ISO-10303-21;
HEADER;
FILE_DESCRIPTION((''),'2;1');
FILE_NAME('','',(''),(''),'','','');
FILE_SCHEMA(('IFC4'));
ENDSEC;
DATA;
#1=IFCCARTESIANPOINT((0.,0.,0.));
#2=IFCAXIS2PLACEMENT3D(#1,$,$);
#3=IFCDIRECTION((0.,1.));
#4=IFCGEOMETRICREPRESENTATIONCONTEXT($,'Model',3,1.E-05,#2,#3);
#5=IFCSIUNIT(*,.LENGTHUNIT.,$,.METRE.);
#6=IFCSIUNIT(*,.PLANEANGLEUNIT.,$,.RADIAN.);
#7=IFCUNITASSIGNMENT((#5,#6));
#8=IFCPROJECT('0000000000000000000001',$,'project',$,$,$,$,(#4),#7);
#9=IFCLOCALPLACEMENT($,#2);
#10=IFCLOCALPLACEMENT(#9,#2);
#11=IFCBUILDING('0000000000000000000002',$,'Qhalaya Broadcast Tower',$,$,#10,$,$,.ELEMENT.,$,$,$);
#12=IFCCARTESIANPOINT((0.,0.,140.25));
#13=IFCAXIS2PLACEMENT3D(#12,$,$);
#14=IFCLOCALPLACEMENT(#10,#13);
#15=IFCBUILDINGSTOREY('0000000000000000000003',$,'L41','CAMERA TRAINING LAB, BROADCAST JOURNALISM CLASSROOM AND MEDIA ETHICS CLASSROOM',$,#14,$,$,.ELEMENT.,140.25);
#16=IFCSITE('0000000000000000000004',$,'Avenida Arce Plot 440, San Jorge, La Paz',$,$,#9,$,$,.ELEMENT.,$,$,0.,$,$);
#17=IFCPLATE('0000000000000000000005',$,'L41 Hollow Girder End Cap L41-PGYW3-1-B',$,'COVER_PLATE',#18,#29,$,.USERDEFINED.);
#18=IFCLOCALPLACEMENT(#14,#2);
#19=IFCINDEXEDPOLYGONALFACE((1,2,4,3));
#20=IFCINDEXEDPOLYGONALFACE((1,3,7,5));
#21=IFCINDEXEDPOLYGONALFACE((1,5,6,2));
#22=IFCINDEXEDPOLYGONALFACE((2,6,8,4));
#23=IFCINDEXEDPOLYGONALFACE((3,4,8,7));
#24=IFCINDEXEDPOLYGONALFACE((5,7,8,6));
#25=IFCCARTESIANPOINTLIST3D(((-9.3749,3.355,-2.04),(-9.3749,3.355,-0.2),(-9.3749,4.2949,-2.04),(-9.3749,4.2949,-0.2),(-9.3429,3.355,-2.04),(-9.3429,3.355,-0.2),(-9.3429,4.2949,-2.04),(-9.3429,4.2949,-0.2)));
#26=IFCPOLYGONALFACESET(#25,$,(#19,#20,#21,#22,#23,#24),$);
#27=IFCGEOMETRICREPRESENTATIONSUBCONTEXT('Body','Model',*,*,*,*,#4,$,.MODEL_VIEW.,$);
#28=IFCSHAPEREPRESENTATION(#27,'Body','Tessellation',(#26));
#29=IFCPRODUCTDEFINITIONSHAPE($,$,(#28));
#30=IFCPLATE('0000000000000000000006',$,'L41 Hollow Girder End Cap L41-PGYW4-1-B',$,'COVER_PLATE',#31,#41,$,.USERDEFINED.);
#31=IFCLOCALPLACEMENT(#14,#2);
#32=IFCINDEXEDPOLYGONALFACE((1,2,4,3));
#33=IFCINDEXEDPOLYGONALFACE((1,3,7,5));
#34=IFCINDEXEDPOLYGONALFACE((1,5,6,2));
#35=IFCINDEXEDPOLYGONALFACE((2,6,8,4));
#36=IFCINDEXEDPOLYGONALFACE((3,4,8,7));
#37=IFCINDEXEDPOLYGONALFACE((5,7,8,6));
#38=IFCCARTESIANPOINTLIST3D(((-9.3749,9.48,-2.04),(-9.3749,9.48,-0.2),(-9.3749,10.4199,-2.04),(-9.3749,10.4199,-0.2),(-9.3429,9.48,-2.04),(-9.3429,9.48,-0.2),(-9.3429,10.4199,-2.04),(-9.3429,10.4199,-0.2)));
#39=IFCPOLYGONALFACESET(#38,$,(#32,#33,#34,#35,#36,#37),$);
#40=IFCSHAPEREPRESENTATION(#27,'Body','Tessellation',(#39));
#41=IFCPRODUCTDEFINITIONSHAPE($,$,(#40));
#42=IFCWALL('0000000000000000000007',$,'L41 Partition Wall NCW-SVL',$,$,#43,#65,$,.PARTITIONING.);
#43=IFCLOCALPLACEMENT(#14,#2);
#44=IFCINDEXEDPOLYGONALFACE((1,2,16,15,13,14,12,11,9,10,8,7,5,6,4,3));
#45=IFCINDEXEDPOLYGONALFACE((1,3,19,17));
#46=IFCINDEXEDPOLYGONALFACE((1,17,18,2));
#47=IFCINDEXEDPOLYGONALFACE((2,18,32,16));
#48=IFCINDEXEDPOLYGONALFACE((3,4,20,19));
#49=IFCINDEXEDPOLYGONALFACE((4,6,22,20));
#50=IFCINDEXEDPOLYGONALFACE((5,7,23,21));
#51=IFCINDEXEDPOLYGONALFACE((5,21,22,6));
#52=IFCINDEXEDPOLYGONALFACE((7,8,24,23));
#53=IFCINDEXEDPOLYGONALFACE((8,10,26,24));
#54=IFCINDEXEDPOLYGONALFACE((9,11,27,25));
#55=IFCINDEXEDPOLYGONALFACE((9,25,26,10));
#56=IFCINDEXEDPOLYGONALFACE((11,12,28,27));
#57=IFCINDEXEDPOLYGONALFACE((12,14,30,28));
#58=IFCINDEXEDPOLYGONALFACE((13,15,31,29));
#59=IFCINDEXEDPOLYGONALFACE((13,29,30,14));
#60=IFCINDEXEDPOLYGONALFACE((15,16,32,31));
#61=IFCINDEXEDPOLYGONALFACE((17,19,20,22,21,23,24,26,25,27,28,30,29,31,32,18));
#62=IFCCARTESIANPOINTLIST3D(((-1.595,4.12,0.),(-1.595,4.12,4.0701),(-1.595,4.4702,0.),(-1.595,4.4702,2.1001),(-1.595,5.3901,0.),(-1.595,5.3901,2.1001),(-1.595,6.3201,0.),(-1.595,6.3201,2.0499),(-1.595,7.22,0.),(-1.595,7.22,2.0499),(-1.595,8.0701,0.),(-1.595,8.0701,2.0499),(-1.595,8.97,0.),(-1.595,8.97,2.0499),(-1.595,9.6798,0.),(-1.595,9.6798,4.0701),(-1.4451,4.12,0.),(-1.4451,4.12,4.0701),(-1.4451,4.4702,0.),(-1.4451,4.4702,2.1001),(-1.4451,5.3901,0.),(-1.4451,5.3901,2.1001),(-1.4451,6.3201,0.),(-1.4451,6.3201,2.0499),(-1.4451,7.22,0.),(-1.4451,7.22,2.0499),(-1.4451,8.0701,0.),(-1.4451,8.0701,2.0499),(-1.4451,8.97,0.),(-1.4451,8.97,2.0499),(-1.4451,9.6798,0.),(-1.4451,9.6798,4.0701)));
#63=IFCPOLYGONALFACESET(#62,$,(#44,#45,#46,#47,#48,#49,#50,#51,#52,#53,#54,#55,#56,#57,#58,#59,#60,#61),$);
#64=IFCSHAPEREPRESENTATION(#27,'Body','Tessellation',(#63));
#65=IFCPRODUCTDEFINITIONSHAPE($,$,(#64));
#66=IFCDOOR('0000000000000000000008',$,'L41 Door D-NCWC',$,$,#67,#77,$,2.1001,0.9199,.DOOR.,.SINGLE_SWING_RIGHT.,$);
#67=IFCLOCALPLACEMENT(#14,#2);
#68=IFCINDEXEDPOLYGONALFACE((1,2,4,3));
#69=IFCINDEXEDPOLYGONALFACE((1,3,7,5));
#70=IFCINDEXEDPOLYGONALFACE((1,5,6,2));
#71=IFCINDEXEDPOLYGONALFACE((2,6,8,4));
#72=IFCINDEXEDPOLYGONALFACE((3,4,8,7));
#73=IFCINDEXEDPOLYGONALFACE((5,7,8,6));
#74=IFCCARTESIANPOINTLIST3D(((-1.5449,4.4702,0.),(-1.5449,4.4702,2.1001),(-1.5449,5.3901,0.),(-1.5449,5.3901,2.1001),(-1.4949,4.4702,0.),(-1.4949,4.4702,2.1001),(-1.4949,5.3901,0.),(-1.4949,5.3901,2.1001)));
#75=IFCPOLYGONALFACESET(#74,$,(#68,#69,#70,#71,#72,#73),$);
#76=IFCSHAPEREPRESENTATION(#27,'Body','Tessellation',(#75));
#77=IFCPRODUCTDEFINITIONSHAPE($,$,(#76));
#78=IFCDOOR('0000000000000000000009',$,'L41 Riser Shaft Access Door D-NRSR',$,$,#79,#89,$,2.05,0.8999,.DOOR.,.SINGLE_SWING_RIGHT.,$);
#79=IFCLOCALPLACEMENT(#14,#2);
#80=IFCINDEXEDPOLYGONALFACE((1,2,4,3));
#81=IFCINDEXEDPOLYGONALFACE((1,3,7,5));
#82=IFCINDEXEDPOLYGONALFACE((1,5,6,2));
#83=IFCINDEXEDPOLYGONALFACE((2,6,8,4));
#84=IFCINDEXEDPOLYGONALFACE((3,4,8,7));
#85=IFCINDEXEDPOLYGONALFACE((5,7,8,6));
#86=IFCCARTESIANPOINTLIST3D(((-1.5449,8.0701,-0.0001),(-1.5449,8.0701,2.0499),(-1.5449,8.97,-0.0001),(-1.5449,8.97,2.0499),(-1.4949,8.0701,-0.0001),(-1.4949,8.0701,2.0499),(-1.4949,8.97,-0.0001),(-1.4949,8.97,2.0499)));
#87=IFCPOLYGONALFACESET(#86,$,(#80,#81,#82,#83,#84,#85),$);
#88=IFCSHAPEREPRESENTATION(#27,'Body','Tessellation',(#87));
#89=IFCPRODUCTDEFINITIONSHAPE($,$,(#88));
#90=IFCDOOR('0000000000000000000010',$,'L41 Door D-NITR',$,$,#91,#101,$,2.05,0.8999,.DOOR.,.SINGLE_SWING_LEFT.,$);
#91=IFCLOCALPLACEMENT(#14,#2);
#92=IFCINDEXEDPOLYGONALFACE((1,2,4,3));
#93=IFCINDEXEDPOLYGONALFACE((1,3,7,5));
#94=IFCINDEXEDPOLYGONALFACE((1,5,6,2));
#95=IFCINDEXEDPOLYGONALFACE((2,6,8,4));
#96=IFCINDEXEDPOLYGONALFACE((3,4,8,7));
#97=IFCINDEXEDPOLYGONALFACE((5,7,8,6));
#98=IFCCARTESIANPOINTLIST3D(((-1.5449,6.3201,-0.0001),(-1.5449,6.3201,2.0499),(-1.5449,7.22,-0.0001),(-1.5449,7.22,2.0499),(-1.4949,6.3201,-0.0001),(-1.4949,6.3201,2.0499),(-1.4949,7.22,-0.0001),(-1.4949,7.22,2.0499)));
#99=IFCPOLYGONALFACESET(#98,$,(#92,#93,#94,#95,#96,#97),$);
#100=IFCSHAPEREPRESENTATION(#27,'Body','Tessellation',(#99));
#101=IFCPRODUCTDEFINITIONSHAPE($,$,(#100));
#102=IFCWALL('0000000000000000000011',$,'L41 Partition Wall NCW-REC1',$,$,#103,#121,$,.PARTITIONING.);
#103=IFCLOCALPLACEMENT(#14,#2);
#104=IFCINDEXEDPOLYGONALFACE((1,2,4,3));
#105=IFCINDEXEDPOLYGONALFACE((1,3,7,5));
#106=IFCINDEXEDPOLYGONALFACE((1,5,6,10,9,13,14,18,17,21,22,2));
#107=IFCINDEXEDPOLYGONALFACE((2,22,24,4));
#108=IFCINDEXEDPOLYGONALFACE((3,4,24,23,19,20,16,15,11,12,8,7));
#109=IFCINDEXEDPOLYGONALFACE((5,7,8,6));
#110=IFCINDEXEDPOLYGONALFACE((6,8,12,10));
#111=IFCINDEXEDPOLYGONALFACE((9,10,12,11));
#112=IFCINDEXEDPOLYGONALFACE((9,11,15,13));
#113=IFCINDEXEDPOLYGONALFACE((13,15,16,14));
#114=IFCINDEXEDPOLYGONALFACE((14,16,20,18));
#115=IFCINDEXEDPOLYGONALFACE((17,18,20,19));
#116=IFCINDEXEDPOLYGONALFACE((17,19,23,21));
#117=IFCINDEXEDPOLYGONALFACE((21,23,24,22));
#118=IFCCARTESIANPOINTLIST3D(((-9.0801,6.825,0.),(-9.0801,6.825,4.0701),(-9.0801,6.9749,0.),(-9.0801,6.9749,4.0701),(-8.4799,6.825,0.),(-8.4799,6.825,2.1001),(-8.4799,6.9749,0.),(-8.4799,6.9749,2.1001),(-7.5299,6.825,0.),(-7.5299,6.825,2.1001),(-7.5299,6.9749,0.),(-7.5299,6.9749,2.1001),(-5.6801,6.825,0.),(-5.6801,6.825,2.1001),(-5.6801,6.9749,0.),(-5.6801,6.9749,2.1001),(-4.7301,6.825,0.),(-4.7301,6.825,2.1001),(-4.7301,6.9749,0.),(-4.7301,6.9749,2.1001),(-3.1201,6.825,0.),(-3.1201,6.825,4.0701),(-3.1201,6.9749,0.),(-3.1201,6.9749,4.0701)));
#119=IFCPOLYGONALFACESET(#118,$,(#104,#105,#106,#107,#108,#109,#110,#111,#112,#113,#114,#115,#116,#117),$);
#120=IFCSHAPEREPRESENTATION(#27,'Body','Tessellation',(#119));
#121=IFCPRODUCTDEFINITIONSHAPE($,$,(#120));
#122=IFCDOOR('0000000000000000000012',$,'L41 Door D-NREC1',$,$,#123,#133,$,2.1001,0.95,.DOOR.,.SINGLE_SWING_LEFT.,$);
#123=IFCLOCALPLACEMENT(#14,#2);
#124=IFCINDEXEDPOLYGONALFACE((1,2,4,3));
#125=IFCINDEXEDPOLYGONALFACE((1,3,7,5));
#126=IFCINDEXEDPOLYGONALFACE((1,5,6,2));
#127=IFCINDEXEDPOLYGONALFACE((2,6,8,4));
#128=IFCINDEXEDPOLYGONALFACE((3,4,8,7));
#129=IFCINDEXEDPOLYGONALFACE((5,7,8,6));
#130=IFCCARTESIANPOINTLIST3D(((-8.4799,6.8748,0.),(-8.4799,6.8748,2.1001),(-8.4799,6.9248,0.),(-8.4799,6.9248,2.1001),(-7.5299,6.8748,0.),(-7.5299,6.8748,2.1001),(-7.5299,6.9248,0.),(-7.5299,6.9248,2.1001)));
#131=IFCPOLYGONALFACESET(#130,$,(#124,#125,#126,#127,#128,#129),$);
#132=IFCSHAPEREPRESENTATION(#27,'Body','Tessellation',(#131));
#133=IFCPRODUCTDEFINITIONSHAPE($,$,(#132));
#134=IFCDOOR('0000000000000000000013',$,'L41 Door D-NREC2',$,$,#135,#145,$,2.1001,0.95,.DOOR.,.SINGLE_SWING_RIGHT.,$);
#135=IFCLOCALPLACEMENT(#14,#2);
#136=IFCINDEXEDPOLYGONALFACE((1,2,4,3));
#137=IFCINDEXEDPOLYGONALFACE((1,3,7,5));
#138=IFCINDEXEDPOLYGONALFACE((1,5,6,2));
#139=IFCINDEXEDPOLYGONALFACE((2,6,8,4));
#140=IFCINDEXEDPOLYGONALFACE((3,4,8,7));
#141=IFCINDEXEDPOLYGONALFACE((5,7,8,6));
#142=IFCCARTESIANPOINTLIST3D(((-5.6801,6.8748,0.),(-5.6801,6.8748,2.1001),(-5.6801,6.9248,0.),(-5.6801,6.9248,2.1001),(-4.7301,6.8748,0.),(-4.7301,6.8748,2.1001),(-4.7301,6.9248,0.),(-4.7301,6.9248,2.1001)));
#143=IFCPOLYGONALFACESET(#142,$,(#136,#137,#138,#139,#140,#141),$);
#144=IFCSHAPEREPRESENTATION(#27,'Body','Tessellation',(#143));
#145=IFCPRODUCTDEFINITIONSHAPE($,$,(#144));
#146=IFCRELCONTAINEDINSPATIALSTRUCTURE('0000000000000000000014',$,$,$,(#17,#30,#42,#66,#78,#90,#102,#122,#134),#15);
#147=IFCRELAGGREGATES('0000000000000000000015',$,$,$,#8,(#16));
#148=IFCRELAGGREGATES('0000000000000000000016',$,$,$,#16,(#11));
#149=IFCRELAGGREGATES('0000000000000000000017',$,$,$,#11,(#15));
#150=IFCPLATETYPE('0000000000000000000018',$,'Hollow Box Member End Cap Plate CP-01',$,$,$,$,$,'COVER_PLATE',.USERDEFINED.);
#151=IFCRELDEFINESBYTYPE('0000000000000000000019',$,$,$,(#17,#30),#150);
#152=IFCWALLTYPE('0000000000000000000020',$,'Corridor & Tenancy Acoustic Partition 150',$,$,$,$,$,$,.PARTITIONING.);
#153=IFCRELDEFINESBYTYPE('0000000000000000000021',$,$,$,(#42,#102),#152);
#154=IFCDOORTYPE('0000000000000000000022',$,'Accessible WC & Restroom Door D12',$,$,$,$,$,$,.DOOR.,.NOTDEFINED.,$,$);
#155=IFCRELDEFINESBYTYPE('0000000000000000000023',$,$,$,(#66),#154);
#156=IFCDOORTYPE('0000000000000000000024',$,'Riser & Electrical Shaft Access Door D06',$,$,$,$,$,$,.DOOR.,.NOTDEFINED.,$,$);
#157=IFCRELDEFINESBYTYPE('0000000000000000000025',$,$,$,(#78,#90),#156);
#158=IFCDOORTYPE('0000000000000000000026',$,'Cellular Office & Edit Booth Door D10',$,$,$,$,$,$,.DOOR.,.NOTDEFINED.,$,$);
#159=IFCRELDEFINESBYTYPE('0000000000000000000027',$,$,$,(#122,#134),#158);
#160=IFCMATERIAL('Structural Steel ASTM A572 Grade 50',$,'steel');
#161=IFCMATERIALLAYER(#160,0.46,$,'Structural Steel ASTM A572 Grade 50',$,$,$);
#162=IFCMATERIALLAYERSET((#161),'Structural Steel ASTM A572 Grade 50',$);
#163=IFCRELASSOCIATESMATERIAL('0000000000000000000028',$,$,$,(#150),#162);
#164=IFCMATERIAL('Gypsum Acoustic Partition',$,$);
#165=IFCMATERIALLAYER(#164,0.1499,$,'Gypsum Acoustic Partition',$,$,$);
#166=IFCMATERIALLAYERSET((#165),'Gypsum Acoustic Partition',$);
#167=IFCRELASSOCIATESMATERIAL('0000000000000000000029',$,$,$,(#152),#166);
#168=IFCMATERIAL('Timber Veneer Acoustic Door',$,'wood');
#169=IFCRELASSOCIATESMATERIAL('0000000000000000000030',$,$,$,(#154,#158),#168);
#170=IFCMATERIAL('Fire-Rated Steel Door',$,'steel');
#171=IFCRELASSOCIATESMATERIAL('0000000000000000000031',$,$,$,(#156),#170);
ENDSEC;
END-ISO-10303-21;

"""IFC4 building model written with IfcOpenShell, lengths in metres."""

from ifc_helpers import new_model, si_unit, direction, frame, frame_2d, origin, origin_2d, place, context, subcontext, project, spatial, rectangle, extrude, material, layer, layer_set, type_object, element, fill, save


model = new_model("IFC4")

# Units and contexts
model_context = context("Model", 3, precision=1e-05, world=origin(), true_north=direction((0.0, 1.0)))
body_context = subcontext(model_context, "Body", "Model", "MODEL_VIEW")
ifc_project = project(units=[si_unit("LENGTHUNIT", "METRE"), si_unit("PLANEANGLEUNIT", "RADIAN")], contexts=[model_context])

# Site, building, storey
site_placement = place(None, origin())
site = spatial("IfcSite", under=ifc_project, at=site_placement, Name="Avenida Arce Plot 440, San Jorge, La Paz", CompositionType="ELEMENT", RefElevation=0.0)
building_placement = place(site_placement, origin())
building = spatial("IfcBuilding", under=site, at=building_placement, Name="Qhalaya Broadcast Tower", CompositionType="ELEMENT")
storey_placement = place(building_placement, frame((0.0, 0.0, 140.25)))
storey = spatial("IfcBuildingStorey", under=building, at=storey_placement, Name="L41", Description="CAMERA TRAINING LAB, BROADCAST JOURNALISM CLASSROOM AND MEDIA ETHICS CLASSROOM", CompositionType="ELEMENT", Elevation=140.25)

# Plates
ifc_material_1 = material(Name="Structural Steel ASTM A572 Grade 50", Category="steel")
ifc_layer_1 = layer(ifc_material_1, 0.46, Name="Structural Steel ASTM A572 Grade 50")
ifc_layer_set_1 = layer_set([ifc_layer_1], Name="Structural Steel ASTM A572 Grade 50")
plate_type = type_object("IfcPlateType", Name="Hollow Box Member End Cap Plate CP-01", ElementType="COVER_PLATE", PredefinedType="USERDEFINED", material=ifc_layer_set_1)
for number, where, z_axis, x_axis, name in (
    (1, (-9.3589, 3.825, -2.04), (0.0, 0.0, 1.0), (0.0, 1.0, 0.0), "L41 Hollow Girder End Cap L41-PGYW3-1-B"),
    (2, (-9.3589, 9.95, -2.04), (0.0, 0.0, 1.0), (0.0, 1.0, 0.0), "L41 Hollow Girder End Cap L41-PGYW4-1-B"),
):
    element("IfcPlate", number, at=place(storey_placement, frame(where, z_axis=z_axis, x_axis=x_axis)), inside=storey, type_object=plate_type, Name=name, ObjectType="COVER_PLATE", PredefinedType="USERDEFINED", context=body_context, shape_type="SweptSolid", body=[
        extrude(rectangle(XDim=0.9399, YDim=0.032, at=origin_2d()), origin(), (0.0, 0.0, 1.0), 1.8401),
    ])

# Walls, openings, doors
ifc_material_2 = material(Name="Gypsum Acoustic Partition")
ifc_layer_2 = layer(ifc_material_2, 0.1499, Name="Gypsum Acoustic Partition")
ifc_layer_set_2 = layer_set([ifc_layer_2], Name="Gypsum Acoustic Partition")
wall_type_1 = type_object("IfcWallType", Name="Corridor & Tenancy Acoustic Partition 150", PredefinedType="PARTITIONING", material=ifc_layer_set_2)
wall_1_placement = place(storey_placement, frame((-1.52, 4.1201, 0.0), z_axis=(0.0, 0.0, 1.0), x_axis=(0.0, 1.0, 0.0)))
wall_1 = element("IfcWall", 3, at=wall_1_placement, inside=storey, type_object=wall_type_1, Name="L41 Partition Wall NCW-SVL", PredefinedType="PARTITIONING", context=body_context, shape_type="SweptSolid", body=[
    extrude(rectangle(XDim=5.5598, YDim=0.1499, at=frame_2d((2.7798, 0.0))), origin(), (0.0, 0.0, 1.0), 4.0701),
])
opening_1_placement = place(wall_1_placement, frame((3.95, 0.0, 0.0)))
opening_1 = element("IfcOpeningElement", 4, at=opening_1_placement, cuts=wall_1, PredefinedType="OPENING", context=body_context, shape_type="SweptSolid", body=[
    extrude(rectangle(XDim=0.8999, YDim=2.05, at=frame_2d((0.45, 1.0249))), frame((0.0, 0.0869, 0.0), z_axis=(0.0, -1.0, 0.0), x_axis=(1.0, 0.0, 0.0)), (0.0, 0.0, 1.0), 0.1738),
])
opening_2_placement = place(wall_1_placement, frame((2.2, 0.0, 0.0)))
opening_2 = element("IfcOpeningElement", 5, at=opening_2_placement, cuts=wall_1, PredefinedType="OPENING", context=body_context, shape_type="SweptSolid", body=[
    extrude(rectangle(XDim=0.8999, YDim=2.05, at=frame_2d((0.45, 1.0249))), frame((0.0, 0.0869, 0.0), z_axis=(0.0, -1.0, 0.0), x_axis=(1.0, 0.0, 0.0)), (0.0, 0.0, 1.0), 0.1738),
])
opening_3_placement = place(wall_1_placement, frame((0.3501, 0.0, 0.0)))
opening_3 = element("IfcOpeningElement", 6, at=opening_3_placement, cuts=wall_1, PredefinedType="OPENING", context=body_context, shape_type="SweptSolid", body=[
    extrude(rectangle(XDim=0.9199, YDim=2.1001, at=frame_2d((0.46, 1.05))), frame((0.0, 0.0869, 0.0), z_axis=(0.0, -1.0, 0.0), x_axis=(1.0, 0.0, 0.0)), (0.0, 0.0, 1.0), 0.1738),
])
ifc_material_3 = material(Name="Timber Veneer Acoustic Door", Category="wood")
door_type_1 = type_object("IfcDoorType", Name="Accessible WC & Restroom Door D12", OperationType="NOTDEFINED", PredefinedType="DOOR", material=ifc_material_3)
door_1_placement = place(opening_3_placement, origin())
door_1 = element("IfcDoor", 7, at=door_1_placement, inside=storey, type_object=door_type_1, Name="L41 Door D-NCWC", OperationType="SINGLE_SWING_RIGHT", OverallHeight=2.1001, OverallWidth=0.9199, PredefinedType="DOOR", context=body_context, shape_type="SweptSolid", body=[
    extrude(rectangle(XDim=0.9199, YDim=2.1001, at=frame_2d((0.46, 1.05))), frame((0.0, 0.0249, 0.0), z_axis=(0.0, -1.0, 0.0), x_axis=(1.0, 0.0, 0.0)), (0.0, 0.0, 1.0), 0.05),
])
fill(opening_3, door_1)
ifc_material_4 = material(Name="Fire-Rated Steel Door", Category="steel")
door_type_2 = type_object("IfcDoorType", Name="Riser & Electrical Shaft Access Door D06", OperationType="NOTDEFINED", PredefinedType="DOOR", material=ifc_material_4)
door_2_placement = place(opening_1_placement, origin())
door_2 = element("IfcDoor", 8, at=door_2_placement, inside=storey, type_object=door_type_2, Name="L41 Riser Shaft Access Door D-NRSR", OperationType="SINGLE_SWING_RIGHT", OverallHeight=2.05, OverallWidth=0.8999, PredefinedType="DOOR", context=body_context, shape_type="SweptSolid", body=[
    extrude(rectangle(XDim=0.8999, YDim=2.05, at=frame_2d((0.45, 1.0249))), frame((0.0, 0.0249, 0.0), z_axis=(0.0, -1.0, 0.0), x_axis=(1.0, 0.0, 0.0)), (0.0, 0.0, 1.0), 0.05),
])
fill(opening_1, door_2)
door_3_placement = place(opening_2_placement, origin())
door_3 = element("IfcDoor", 9, at=door_3_placement, inside=storey, type_object=door_type_2, Name="L41 Door D-NITR", OperationType="SINGLE_SWING_LEFT", OverallHeight=2.05, OverallWidth=0.8999, PredefinedType="DOOR", context=body_context, shape_type="SweptSolid", body=[
    extrude(rectangle(XDim=0.8999, YDim=2.05, at=frame_2d((0.45, 1.0249))), frame((0.0, 0.0249, 0.0), z_axis=(0.0, -1.0, 0.0), x_axis=(1.0, 0.0, 0.0)), (0.0, 0.0, 1.0), 0.05),
])
fill(opening_2, door_3)
wall_2_placement = place(storey_placement, frame((-9.0801, 6.8999, 0.0), z_axis=(0.0, 0.0, 1.0), x_axis=(1.0, 0.0, 0.0)))
wall_2 = element("IfcWall", 10, at=wall_2_placement, inside=storey, type_object=wall_type_1, Name="L41 Partition Wall NCW-REC1", PredefinedType="PARTITIONING", context=body_context, shape_type="SweptSolid", body=[
    extrude(rectangle(XDim=5.96, YDim=0.1499, at=frame_2d((2.98, 0.0))), origin(), (0.0, 0.0, 1.0), 4.0701),
])
opening_4_placement = place(wall_2_placement, frame((0.6001, 0.0, 0.0)))
opening_4 = element("IfcOpeningElement", 11, at=opening_4_placement, cuts=wall_2, PredefinedType="OPENING", context=body_context, shape_type="SweptSolid", body=[
    extrude(rectangle(XDim=0.95, YDim=2.1001, at=frame_2d((0.4751, 1.05))), frame((0.0, 0.0869, 0.0), z_axis=(0.0, -1.0, 0.0), x_axis=(1.0, 0.0, 0.0)), (0.0, 0.0, 1.0), 0.1738),
])
opening_5_placement = place(wall_2_placement, frame((3.3999, 0.0, 0.0)))
opening_5 = element("IfcOpeningElement", 12, at=opening_5_placement, cuts=wall_2, PredefinedType="OPENING", context=body_context, shape_type="SweptSolid", body=[
    extrude(rectangle(XDim=0.95, YDim=2.1001, at=frame_2d((0.4751, 1.05))), frame((0.0, 0.0869, 0.0), z_axis=(0.0, -1.0, 0.0), x_axis=(1.0, 0.0, 0.0)), (0.0, 0.0, 1.0), 0.1738),
])
door_type_3 = type_object("IfcDoorType", Name="Cellular Office & Edit Booth Door D10", OperationType="NOTDEFINED", PredefinedType="DOOR", material=ifc_material_3)
door_4_placement = place(opening_4_placement, origin())
door_4 = element("IfcDoor", 13, at=door_4_placement, inside=storey, type_object=door_type_3, Name="L41 Door D-NREC1", OperationType="SINGLE_SWING_LEFT", OverallHeight=2.1001, OverallWidth=0.95, PredefinedType="DOOR", context=body_context, shape_type="SweptSolid", body=[
    extrude(rectangle(XDim=0.95, YDim=2.1001, at=frame_2d((0.4751, 1.05))), frame((0.0, 0.0249, 0.0), z_axis=(0.0, -1.0, 0.0), x_axis=(1.0, 0.0, 0.0)), (0.0, 0.0, 1.0), 0.05),
])
fill(opening_4, door_4)
door_5_placement = place(opening_5_placement, origin())
door_5 = element("IfcDoor", 14, at=door_5_placement, inside=storey, type_object=door_type_3, Name="L41 Door D-NREC2", OperationType="SINGLE_SWING_RIGHT", OverallHeight=2.1001, OverallWidth=0.95, PredefinedType="DOOR", context=body_context, shape_type="SweptSolid", body=[
    extrude(rectangle(XDim=0.95, YDim=2.1001, at=frame_2d((0.4751, 1.05))), frame((0.0, 0.0249, 0.0), z_axis=(0.0, -1.0, 0.0), x_axis=(1.0, 0.0, 0.0)), (0.0, 0.0, 1.0), 0.05),
])
fill(opening_5, door_5)

save(model, "model.ifc")
